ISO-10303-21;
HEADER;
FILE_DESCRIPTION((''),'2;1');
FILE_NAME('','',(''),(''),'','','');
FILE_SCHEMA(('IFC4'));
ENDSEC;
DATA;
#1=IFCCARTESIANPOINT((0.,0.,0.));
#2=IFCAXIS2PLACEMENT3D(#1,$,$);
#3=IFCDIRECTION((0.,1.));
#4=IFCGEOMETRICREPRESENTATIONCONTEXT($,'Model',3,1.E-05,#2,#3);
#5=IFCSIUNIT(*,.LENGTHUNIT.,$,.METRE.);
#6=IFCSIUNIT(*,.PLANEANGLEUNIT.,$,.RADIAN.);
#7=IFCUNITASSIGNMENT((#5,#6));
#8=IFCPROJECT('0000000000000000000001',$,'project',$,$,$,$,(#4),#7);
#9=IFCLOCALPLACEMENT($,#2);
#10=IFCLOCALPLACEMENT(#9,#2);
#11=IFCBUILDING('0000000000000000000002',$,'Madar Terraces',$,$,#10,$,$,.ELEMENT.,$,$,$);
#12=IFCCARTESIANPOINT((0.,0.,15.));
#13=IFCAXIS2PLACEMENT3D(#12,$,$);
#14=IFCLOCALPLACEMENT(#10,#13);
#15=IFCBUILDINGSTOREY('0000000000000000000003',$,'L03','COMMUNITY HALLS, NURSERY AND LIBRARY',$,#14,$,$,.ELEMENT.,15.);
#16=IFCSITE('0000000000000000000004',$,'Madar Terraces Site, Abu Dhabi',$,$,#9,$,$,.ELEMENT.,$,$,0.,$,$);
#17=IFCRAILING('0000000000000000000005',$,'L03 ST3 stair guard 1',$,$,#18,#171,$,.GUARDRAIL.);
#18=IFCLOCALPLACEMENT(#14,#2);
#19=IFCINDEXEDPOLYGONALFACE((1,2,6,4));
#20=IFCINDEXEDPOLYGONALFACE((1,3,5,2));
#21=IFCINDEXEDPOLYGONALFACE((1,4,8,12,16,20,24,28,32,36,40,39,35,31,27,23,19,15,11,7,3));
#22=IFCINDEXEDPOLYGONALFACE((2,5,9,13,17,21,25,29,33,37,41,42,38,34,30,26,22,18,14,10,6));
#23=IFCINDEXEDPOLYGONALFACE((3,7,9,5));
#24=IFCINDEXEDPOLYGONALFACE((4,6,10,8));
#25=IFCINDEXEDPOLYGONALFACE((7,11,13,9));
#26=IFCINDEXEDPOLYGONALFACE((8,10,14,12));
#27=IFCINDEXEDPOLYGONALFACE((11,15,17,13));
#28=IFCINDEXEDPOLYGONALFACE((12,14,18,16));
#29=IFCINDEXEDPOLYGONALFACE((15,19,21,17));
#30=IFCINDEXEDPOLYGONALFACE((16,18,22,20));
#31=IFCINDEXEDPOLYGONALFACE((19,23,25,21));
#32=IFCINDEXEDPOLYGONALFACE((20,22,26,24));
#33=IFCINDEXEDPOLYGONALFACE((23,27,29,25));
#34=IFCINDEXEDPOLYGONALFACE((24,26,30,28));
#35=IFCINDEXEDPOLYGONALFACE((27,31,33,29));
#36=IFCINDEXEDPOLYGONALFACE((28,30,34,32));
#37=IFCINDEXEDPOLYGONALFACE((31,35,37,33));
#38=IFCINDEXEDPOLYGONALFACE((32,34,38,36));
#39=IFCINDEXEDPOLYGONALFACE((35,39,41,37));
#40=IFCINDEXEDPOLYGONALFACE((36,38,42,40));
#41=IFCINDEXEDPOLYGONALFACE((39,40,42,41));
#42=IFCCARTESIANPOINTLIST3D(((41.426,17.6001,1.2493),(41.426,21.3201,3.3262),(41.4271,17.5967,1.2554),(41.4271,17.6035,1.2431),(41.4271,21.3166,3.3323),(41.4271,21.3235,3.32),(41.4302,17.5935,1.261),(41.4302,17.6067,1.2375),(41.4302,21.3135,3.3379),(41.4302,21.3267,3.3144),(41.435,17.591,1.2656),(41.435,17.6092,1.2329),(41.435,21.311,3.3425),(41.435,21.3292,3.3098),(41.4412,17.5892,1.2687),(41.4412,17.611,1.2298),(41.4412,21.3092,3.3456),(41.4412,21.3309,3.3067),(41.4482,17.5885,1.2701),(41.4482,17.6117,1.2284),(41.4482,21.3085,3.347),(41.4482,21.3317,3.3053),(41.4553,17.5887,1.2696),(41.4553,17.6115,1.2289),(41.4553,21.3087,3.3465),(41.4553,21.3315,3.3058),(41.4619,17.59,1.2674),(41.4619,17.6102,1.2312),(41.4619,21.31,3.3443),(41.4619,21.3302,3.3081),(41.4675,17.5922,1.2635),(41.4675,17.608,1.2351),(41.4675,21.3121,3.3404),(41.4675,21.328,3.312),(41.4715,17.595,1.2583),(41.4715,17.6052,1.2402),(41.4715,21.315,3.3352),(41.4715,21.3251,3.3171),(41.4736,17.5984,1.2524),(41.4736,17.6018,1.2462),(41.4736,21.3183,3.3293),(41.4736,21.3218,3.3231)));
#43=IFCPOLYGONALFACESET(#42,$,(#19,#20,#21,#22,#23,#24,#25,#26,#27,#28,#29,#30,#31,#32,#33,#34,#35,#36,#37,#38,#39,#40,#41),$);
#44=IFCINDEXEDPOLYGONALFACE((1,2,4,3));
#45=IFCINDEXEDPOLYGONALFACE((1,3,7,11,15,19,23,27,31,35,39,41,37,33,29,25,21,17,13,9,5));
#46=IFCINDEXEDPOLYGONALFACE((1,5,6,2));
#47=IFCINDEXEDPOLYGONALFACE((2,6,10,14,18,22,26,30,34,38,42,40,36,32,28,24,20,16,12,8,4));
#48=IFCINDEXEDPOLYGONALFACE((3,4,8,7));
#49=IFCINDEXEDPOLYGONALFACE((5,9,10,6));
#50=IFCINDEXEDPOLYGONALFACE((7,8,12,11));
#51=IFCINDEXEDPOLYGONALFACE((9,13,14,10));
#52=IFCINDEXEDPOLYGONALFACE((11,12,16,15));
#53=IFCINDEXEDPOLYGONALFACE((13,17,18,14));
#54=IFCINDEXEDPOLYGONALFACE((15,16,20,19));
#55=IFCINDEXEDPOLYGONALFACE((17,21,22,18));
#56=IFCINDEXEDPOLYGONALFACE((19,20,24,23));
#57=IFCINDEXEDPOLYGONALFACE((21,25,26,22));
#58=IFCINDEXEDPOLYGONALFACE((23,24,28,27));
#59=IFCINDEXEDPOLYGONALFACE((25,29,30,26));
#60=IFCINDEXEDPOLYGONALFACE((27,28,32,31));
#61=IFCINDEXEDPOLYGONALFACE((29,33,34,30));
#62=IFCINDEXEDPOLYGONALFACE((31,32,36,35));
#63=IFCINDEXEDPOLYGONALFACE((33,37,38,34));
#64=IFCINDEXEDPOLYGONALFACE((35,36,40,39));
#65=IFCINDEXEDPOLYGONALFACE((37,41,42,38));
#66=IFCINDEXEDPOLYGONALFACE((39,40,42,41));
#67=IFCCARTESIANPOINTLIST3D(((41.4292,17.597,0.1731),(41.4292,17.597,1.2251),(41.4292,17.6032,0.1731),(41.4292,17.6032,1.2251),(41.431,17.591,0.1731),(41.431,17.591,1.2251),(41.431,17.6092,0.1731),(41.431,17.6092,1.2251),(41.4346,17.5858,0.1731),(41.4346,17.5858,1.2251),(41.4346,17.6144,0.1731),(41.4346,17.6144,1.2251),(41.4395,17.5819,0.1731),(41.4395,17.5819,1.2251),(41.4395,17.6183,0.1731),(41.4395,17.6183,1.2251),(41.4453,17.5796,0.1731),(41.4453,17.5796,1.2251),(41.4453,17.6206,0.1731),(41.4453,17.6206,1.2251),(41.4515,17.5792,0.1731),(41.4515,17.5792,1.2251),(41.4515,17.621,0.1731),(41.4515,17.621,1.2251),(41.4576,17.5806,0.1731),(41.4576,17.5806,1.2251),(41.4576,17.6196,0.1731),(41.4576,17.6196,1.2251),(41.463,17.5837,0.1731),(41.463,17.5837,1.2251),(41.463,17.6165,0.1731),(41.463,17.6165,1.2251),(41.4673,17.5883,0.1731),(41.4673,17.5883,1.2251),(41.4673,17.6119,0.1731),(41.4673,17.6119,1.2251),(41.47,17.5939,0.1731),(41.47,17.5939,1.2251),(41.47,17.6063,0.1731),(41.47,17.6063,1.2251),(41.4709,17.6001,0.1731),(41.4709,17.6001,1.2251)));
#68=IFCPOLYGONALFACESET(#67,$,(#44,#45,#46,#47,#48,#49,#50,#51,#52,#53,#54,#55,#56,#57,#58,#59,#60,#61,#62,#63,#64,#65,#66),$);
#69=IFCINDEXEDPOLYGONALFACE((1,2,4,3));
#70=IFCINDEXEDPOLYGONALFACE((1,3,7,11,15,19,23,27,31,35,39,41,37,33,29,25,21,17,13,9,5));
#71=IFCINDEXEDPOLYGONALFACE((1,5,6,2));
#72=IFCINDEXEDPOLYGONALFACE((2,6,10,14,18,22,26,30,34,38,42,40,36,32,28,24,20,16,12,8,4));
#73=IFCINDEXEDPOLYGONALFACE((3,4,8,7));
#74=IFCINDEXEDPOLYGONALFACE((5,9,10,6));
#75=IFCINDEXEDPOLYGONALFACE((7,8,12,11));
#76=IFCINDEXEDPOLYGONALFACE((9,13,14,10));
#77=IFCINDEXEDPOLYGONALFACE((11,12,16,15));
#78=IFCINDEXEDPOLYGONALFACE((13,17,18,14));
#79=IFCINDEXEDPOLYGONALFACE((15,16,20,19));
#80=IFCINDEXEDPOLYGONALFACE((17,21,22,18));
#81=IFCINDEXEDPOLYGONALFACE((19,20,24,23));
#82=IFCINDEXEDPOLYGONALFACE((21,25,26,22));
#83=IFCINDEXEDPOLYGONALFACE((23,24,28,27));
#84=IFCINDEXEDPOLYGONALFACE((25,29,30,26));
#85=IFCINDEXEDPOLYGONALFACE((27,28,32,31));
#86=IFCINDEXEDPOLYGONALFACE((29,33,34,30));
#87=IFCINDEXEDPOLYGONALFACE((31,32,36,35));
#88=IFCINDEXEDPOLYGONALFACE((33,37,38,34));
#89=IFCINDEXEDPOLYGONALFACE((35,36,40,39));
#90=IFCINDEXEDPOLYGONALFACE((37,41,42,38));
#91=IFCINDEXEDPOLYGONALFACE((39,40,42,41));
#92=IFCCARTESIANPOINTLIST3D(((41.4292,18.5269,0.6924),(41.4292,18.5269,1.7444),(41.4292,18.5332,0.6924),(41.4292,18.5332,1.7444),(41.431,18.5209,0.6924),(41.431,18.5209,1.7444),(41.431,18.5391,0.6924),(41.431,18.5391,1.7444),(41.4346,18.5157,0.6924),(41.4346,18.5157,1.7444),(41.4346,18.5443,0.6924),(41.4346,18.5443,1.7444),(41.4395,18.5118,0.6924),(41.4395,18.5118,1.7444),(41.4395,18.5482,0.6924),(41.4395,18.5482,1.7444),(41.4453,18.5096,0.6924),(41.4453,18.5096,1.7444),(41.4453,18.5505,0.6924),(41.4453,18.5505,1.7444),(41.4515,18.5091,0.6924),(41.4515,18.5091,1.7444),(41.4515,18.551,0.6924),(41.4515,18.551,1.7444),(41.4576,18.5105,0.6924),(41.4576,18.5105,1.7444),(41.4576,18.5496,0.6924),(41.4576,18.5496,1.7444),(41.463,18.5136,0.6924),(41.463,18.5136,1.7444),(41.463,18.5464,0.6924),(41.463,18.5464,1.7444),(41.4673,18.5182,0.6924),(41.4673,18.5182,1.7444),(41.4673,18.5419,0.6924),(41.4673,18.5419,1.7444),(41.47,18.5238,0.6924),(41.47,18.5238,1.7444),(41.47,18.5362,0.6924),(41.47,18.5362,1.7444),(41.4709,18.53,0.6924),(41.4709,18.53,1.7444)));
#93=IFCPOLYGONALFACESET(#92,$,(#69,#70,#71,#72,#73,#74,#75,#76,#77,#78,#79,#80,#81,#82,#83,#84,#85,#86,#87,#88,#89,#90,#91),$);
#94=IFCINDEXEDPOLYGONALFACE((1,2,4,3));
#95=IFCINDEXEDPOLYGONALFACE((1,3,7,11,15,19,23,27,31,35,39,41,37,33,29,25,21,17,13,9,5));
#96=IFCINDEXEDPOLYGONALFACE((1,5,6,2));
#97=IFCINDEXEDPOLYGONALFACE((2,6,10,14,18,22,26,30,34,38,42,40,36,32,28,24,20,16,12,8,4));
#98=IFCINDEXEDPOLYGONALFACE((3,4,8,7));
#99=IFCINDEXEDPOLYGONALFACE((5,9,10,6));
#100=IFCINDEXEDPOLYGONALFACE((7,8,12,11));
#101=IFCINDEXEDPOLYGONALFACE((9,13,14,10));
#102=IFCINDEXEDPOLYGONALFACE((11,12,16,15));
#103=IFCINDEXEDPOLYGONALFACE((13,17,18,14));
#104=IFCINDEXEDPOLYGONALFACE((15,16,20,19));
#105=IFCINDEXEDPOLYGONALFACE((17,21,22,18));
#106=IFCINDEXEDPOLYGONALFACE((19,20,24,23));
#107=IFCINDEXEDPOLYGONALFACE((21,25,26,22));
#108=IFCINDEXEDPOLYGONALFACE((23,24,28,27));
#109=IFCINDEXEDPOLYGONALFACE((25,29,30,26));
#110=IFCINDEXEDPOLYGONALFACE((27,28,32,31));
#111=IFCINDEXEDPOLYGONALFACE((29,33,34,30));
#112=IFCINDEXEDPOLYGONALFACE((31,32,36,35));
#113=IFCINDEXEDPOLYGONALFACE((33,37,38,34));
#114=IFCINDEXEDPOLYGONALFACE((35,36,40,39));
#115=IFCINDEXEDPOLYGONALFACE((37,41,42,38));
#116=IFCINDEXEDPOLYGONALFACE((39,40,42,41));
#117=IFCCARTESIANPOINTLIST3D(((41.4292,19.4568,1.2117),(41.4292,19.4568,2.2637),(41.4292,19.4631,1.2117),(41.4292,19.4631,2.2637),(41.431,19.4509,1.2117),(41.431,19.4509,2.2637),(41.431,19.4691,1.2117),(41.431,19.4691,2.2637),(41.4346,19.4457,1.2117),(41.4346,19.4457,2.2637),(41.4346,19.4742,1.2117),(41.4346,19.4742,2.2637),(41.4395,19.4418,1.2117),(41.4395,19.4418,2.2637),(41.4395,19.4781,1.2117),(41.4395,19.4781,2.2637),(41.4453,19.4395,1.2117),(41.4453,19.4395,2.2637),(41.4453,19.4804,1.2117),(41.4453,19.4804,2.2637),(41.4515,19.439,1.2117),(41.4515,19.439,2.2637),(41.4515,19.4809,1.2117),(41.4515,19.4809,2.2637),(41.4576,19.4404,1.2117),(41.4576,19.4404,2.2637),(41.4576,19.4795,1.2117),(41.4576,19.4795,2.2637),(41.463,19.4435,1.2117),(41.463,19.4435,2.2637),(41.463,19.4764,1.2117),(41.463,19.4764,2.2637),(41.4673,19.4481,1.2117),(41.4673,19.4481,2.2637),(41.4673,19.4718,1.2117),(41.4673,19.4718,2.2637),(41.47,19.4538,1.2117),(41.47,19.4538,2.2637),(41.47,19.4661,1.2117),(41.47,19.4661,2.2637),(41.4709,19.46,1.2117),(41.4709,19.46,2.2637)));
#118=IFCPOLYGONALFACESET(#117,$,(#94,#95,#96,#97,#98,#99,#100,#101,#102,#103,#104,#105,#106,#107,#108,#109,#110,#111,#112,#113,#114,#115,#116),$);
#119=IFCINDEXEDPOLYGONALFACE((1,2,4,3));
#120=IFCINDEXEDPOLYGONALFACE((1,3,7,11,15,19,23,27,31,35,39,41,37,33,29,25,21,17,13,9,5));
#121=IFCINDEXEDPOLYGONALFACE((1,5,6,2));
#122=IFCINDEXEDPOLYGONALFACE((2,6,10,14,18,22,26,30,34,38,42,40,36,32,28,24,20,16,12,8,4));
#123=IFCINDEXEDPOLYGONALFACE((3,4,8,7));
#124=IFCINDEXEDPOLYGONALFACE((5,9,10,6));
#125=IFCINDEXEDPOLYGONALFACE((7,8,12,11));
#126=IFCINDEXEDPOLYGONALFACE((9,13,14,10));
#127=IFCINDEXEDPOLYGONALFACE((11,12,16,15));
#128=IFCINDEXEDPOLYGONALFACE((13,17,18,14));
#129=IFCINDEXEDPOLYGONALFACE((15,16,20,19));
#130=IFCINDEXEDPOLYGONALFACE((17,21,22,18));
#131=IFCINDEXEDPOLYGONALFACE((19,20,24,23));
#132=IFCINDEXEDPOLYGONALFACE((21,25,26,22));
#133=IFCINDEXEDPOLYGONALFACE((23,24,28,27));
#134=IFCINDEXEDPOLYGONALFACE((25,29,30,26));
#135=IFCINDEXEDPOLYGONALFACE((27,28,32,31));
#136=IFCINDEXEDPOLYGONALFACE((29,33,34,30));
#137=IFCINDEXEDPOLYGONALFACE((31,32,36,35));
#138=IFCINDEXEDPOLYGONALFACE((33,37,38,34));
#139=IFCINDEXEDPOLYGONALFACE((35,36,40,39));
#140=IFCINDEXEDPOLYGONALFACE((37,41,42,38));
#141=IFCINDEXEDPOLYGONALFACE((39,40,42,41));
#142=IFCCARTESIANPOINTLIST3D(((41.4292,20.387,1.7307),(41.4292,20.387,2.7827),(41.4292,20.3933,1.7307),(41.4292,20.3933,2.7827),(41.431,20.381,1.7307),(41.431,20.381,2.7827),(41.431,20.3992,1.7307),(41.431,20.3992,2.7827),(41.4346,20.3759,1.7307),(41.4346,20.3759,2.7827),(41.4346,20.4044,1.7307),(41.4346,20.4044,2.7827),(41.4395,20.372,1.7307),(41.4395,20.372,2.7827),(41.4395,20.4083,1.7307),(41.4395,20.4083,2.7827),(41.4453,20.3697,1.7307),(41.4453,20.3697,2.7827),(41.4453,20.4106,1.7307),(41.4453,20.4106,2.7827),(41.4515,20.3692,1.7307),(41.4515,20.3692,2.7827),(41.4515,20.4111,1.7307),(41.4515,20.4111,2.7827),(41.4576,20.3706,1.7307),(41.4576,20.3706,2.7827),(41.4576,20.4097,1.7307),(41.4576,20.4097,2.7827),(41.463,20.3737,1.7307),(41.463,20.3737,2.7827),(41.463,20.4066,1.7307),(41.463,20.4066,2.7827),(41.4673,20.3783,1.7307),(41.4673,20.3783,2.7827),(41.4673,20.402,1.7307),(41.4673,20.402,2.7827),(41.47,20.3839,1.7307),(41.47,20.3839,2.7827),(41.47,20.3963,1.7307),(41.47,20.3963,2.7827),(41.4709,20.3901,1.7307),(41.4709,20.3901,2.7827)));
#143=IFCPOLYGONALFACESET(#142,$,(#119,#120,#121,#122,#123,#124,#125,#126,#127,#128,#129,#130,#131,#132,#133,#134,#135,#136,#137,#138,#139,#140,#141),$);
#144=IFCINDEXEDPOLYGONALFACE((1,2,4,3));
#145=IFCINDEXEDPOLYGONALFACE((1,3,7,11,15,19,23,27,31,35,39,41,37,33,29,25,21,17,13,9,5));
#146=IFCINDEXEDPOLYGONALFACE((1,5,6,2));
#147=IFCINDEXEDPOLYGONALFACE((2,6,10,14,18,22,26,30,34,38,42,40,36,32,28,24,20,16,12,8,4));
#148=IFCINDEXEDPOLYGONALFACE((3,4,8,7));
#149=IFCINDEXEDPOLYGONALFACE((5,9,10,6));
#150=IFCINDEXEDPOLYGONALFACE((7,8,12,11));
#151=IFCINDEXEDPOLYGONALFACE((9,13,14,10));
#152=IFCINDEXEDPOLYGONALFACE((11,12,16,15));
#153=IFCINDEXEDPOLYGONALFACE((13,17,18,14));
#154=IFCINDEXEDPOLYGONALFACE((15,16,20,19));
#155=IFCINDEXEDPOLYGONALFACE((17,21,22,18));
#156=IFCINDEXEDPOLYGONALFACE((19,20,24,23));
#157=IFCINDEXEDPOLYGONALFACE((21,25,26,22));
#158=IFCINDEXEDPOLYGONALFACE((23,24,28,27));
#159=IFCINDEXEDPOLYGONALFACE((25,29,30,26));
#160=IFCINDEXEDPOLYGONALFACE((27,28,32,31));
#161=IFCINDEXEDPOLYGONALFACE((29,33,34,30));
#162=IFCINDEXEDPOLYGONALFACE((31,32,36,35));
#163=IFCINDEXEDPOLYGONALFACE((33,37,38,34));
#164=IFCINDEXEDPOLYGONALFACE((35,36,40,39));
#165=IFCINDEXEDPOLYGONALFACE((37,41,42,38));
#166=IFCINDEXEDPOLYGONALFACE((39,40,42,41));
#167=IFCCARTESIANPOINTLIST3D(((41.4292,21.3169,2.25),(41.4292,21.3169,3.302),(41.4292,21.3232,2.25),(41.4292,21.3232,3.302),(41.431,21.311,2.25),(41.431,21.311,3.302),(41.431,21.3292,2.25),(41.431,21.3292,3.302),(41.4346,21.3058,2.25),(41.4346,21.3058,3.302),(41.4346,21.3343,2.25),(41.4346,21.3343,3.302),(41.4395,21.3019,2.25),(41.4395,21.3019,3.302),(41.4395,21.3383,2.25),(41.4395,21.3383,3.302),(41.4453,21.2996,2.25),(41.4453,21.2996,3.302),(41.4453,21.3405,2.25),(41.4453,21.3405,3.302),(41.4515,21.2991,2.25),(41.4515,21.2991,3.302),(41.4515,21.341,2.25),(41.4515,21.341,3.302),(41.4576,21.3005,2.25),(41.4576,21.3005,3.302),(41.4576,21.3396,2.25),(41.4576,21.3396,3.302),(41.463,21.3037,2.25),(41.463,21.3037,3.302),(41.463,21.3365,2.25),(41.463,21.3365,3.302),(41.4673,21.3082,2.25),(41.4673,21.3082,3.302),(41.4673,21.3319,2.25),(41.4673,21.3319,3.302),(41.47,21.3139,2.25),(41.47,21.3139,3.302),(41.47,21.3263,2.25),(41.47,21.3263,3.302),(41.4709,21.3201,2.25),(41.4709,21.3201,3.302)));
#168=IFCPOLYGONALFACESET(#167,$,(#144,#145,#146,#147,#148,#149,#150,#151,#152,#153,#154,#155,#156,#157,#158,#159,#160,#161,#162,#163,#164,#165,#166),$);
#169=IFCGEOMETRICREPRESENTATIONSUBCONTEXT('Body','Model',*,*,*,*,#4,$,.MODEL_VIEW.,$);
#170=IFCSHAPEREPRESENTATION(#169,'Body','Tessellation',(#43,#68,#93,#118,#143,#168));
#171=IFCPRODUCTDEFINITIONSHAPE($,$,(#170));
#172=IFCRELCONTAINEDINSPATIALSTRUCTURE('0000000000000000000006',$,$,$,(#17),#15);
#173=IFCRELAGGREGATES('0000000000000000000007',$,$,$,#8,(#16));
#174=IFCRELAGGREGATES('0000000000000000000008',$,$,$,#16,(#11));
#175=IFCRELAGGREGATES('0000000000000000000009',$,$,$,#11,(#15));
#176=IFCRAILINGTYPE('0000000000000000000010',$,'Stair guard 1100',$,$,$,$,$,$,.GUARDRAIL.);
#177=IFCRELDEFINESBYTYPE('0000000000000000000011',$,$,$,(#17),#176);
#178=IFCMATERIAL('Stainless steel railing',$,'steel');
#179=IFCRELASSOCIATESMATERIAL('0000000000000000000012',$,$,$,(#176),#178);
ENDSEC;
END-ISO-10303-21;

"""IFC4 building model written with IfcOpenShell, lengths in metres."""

from ifc_helpers import new_model, si_unit, direction, frame, origin, origin_2d, place, context, subcontext, project, spatial, circle, extrude, material, type_object, element, save


model = new_model("IFC4")

# Units and contexts
model_context = context("Model", 3, precision=1e-05, world=origin(), true_north=direction((0.0, 1.0)))
body_context = subcontext(model_context, "Body", "Model", "MODEL_VIEW")
ifc_project = project(units=[si_unit("LENGTHUNIT", "METRE"), si_unit("PLANEANGLEUNIT", "RADIAN")], contexts=[model_context])

# Site, building, storey
site_placement = place(None, origin())
site = spatial("IfcSite", under=ifc_project, at=site_placement, Name="Madar Terraces Site, Abu Dhabi", CompositionType="ELEMENT", RefElevation=0.0)
building_placement = place(site_placement, origin())
building = spatial("IfcBuilding", under=site, at=building_placement, Name="Madar Terraces", CompositionType="ELEMENT")
storey_placement = place(building_placement, frame((0.0, 0.0, 15.0)))
storey = spatial("IfcBuildingStorey", under=building, at=storey_placement, Name="L03", Description="COMMUNITY HALLS, NURSERY AND LIBRARY", CompositionType="ELEMENT", Elevation=15.0)

# Railing
ifc_material_1 = material(Name="Stainless steel railing", Category="steel")
railing_type_1 = type_object("IfcRailingType", Name="Stair guard 1100", PredefinedType="GUARDRAIL", material=ifc_material_1)
railing_1_placement = place(storey_placement, frame((41.45, 17.6001, 0.1731)))
element("IfcRailing", 1, at=railing_1_placement, inside=storey, type_object=railing_type_1, Name="L03 ST3 stair guard 1", PredefinedType="GUARDRAIL", context=body_context, shape_type="SweptSolid", body=[
    extrude(circle(Radius=0.0239, at=origin_2d()), frame((0.0, 0.0, 1.0762), z_axis=(0.0, 0.873134, 0.487481), x_axis=(-1.0, 0.0, 0.0)), (0.0, 0.0, 1.0), 4.2605),
    extrude(circle(Radius=0.021, at=origin_2d()), origin(), (0.0, 0.0, 1.0), 1.052),
    extrude(circle(Radius=0.021, at=origin_2d()), frame((0.0, 0.9299, 0.5193)), (0.0, 0.0, 1.0), 1.052),
    extrude(circle(Radius=0.021, at=origin_2d()), frame((0.0, 1.8599, 1.0386)), (0.0, 0.0, 1.0), 1.052),
    extrude(circle(Radius=0.021, at=origin_2d()), frame((0.0, 2.79, 1.5576)), (0.0, 0.0, 1.0), 1.052),
    extrude(circle(Radius=0.021, at=origin_2d()), frame((0.0, 3.72, 2.0769)), (0.0, 0.0, 1.0), 1.052),
])

save(model, "model.ifc")
